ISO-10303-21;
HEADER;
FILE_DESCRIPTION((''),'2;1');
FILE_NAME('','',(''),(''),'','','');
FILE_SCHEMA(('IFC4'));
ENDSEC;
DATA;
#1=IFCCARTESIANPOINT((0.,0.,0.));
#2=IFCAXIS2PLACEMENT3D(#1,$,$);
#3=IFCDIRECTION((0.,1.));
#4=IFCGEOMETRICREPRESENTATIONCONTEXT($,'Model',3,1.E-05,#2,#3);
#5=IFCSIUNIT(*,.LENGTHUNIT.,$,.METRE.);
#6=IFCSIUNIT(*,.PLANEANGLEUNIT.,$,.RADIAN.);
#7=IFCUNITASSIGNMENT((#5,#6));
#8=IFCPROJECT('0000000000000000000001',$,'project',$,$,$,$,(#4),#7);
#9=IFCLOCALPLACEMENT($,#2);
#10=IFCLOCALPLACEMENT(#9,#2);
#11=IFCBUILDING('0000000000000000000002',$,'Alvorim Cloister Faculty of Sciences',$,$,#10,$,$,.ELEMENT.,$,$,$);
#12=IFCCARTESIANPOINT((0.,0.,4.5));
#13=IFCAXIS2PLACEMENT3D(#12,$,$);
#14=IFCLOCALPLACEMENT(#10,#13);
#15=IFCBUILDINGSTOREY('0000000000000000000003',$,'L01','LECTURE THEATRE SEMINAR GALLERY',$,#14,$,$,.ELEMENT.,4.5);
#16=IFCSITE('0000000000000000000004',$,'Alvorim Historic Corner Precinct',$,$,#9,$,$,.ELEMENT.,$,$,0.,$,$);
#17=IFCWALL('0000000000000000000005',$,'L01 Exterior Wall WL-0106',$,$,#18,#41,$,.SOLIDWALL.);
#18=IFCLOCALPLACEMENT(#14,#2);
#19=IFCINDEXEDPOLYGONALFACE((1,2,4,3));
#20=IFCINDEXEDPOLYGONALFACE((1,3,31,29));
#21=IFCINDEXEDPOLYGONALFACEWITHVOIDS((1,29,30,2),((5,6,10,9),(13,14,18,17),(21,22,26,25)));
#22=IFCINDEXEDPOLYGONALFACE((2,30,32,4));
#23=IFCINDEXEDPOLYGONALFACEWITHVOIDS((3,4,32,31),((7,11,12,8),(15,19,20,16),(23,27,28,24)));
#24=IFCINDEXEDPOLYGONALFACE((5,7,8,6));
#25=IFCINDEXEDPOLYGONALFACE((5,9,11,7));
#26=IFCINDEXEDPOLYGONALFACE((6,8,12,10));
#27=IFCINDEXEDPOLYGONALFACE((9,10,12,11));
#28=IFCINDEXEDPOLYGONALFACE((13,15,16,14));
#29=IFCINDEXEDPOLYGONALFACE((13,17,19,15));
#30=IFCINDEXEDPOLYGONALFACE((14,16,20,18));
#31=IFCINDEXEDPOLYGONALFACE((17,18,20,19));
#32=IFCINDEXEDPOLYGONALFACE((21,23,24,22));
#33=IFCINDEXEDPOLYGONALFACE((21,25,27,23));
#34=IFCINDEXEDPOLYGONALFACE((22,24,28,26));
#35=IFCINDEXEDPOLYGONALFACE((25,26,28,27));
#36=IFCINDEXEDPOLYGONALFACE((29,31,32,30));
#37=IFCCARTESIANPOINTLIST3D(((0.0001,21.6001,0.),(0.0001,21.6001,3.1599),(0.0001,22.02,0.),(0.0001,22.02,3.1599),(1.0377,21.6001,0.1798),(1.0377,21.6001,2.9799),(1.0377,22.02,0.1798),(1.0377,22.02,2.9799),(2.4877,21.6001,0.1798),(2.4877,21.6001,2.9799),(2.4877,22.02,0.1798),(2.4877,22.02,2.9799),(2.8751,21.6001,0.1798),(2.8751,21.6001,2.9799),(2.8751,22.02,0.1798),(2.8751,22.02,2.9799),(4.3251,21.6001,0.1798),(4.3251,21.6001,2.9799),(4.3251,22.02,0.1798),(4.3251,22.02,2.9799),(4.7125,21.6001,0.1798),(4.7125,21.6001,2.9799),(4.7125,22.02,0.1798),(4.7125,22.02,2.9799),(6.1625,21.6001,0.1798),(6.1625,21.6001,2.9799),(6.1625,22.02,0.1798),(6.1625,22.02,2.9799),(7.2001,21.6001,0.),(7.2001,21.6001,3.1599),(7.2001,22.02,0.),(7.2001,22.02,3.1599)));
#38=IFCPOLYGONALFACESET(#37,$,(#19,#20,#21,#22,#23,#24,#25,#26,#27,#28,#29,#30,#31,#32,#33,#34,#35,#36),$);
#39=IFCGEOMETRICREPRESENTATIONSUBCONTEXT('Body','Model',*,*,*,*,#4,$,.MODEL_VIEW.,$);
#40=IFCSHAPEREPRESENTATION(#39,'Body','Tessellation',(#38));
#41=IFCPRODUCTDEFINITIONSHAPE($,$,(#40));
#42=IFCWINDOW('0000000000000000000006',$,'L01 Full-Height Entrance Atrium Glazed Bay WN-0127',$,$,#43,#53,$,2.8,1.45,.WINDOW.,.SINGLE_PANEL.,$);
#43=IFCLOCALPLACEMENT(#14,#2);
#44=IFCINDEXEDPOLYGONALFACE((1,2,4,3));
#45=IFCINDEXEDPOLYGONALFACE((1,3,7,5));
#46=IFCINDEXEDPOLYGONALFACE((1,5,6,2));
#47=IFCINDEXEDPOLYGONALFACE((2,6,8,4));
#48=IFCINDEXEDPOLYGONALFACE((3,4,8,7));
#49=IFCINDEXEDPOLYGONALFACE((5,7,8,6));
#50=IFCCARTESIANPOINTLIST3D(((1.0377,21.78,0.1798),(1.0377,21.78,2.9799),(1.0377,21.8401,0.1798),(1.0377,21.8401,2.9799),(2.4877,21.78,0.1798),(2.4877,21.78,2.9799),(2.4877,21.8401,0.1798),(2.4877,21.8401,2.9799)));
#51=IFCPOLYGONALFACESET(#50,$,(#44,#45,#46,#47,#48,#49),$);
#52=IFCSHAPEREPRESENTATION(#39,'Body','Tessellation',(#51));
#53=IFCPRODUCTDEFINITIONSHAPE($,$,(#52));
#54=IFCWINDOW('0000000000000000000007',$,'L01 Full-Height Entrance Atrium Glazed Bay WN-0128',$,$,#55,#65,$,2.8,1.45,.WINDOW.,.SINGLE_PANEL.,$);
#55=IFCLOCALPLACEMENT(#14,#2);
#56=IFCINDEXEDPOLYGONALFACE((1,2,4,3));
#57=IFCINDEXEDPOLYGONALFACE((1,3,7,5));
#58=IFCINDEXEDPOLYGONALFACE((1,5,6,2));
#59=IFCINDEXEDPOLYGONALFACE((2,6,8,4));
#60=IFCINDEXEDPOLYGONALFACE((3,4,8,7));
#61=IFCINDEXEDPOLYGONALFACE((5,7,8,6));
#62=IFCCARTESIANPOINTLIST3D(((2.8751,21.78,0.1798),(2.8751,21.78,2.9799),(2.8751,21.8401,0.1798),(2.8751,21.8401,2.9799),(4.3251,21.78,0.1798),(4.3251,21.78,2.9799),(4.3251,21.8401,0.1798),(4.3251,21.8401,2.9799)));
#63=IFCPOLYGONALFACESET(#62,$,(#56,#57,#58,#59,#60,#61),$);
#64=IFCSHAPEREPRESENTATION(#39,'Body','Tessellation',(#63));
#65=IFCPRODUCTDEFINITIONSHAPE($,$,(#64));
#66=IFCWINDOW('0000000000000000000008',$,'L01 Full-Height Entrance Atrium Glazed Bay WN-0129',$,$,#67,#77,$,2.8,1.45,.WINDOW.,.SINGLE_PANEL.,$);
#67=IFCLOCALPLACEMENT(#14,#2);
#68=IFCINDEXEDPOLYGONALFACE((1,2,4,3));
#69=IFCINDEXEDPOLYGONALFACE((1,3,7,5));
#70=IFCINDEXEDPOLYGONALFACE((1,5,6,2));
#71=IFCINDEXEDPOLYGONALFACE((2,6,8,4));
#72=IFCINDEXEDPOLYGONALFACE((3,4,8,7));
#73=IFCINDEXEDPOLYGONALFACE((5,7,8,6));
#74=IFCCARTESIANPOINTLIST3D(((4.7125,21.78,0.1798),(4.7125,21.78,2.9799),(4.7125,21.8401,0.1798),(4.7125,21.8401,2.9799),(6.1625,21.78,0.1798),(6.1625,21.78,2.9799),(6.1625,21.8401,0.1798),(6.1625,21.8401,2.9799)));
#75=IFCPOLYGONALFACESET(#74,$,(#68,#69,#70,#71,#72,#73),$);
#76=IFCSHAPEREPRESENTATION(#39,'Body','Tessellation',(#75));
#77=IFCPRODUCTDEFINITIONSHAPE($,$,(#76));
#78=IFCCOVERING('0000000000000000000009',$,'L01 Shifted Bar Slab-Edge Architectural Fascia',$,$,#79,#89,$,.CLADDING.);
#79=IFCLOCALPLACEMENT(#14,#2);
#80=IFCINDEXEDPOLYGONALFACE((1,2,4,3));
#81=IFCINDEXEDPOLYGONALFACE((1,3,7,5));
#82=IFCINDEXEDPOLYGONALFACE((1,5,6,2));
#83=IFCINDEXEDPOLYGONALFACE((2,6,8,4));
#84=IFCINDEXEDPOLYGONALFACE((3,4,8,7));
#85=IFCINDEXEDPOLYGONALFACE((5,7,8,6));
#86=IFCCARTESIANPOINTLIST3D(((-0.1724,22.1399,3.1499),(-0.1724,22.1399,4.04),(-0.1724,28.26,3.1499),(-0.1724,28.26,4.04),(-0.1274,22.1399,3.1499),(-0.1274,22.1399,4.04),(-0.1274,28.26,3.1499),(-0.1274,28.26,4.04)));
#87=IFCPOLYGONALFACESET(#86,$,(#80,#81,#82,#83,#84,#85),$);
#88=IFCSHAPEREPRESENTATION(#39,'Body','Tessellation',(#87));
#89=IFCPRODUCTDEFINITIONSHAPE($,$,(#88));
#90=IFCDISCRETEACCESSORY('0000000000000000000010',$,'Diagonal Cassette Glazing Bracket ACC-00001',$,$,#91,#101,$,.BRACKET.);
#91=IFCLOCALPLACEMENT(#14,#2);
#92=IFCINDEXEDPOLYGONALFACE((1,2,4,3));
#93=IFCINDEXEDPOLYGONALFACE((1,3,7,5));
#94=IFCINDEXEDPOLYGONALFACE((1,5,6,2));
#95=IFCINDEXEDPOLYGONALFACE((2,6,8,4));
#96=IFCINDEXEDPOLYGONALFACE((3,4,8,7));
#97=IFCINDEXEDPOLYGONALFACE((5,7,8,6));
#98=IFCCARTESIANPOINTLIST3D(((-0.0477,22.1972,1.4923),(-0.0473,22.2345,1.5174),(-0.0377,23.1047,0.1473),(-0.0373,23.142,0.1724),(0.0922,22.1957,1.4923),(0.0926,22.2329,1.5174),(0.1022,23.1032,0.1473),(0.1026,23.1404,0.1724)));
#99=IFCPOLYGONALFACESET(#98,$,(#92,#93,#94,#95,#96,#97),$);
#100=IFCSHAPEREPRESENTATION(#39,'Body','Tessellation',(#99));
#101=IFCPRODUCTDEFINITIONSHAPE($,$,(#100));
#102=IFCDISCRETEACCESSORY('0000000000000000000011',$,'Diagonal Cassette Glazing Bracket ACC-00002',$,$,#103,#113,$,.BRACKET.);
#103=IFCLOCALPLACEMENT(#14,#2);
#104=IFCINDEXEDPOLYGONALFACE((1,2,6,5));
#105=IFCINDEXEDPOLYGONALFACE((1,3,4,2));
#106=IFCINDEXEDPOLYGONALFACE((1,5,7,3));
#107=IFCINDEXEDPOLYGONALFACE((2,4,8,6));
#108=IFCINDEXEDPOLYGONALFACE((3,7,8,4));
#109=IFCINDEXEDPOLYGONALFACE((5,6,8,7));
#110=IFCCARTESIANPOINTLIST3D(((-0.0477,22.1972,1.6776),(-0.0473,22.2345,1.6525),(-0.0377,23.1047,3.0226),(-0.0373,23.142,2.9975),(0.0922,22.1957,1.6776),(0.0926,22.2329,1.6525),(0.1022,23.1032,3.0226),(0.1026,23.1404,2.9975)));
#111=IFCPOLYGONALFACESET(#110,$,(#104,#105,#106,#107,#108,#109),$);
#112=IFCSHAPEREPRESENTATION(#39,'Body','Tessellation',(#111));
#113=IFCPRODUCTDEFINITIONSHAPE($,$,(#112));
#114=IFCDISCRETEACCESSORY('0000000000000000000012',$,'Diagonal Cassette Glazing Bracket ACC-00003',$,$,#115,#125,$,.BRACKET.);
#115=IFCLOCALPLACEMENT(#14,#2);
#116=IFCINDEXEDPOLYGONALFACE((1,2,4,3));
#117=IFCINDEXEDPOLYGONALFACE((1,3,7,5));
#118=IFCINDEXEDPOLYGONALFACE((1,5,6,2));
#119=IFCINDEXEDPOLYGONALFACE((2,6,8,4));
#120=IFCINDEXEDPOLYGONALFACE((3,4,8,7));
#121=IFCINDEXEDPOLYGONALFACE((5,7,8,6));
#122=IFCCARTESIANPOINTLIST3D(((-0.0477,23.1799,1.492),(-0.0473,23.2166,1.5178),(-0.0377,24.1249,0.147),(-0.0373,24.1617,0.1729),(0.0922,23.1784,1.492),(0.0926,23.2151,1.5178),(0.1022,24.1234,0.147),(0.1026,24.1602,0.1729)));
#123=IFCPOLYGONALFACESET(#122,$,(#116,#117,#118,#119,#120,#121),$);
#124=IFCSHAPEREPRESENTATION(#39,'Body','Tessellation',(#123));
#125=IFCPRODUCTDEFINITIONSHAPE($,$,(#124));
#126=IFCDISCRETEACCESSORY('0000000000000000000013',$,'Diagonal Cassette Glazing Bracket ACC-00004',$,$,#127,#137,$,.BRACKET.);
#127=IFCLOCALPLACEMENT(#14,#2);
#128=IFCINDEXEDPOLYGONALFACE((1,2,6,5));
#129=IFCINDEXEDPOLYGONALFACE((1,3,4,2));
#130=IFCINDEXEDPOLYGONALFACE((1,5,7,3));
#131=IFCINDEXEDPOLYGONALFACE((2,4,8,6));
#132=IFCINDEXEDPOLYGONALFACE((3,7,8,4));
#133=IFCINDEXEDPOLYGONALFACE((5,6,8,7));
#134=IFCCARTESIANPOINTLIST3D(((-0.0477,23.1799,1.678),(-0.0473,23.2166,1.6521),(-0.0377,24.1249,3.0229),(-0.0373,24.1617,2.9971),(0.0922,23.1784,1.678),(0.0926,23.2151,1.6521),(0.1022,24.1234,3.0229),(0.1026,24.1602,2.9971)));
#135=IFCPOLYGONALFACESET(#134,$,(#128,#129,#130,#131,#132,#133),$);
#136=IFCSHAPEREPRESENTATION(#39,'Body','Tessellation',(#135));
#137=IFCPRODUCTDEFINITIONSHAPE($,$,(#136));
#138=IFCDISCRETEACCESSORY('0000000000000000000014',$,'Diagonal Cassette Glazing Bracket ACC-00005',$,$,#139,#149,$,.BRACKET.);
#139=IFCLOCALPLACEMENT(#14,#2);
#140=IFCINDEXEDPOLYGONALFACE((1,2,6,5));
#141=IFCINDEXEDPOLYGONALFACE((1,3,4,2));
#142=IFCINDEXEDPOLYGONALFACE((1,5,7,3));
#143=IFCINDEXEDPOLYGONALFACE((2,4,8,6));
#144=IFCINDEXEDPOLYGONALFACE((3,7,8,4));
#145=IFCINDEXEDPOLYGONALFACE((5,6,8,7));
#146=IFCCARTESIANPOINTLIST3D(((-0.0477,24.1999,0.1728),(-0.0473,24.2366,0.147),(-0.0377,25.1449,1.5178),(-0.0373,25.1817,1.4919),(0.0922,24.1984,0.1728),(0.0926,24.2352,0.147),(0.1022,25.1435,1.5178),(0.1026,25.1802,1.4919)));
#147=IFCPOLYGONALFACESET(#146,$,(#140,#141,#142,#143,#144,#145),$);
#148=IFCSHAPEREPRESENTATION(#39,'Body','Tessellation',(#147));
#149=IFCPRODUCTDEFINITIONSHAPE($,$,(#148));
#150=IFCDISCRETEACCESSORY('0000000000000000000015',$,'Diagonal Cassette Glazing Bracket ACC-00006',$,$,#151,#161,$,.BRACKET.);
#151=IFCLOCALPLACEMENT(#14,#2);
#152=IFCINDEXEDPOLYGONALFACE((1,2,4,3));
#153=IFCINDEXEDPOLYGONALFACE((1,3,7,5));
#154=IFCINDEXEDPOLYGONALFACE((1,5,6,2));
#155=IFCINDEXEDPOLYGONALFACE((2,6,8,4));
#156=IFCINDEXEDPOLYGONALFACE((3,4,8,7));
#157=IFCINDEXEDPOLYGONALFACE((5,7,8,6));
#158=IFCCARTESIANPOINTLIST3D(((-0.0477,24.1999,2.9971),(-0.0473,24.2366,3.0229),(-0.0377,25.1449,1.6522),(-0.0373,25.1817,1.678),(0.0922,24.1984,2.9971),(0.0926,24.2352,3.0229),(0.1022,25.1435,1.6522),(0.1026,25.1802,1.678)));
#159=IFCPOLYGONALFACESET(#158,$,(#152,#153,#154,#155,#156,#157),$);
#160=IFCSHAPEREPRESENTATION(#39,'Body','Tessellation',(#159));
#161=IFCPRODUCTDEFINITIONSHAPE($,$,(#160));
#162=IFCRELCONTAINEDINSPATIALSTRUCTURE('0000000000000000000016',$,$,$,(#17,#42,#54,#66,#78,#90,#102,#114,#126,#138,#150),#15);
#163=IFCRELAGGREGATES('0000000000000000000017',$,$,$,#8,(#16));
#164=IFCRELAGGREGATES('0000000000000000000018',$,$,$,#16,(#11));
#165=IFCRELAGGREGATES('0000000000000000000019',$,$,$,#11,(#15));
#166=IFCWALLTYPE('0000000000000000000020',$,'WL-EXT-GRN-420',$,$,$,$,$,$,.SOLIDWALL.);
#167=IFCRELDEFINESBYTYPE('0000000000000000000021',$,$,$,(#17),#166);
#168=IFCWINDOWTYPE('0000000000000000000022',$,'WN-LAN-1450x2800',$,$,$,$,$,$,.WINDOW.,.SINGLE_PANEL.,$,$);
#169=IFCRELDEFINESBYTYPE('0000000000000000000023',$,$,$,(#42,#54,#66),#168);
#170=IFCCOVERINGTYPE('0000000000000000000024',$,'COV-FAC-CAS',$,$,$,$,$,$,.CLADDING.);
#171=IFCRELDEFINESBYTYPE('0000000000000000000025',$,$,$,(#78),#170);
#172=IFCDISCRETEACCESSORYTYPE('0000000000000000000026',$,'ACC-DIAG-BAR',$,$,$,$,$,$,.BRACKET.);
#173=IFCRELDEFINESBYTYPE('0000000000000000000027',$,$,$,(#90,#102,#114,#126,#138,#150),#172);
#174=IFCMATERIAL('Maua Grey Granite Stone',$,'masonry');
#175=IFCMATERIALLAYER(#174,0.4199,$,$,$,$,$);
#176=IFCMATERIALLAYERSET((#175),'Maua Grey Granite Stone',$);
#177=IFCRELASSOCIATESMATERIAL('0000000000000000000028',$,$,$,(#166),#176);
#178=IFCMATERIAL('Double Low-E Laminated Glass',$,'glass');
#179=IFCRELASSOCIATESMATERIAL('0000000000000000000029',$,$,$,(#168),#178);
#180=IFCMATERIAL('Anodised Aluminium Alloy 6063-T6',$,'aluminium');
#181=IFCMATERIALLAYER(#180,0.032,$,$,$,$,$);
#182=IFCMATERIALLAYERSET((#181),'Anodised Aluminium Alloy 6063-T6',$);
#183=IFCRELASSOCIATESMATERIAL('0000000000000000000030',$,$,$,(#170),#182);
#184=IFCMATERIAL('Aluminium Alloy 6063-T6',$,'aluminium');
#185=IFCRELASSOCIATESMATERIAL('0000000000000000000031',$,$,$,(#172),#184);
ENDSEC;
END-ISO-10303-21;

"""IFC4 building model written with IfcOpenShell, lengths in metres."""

from ifc_helpers import new_model, si_unit, direction, frame, frame_2d, origin, origin_2d, place, context, subcontext, project, spatial, polyline, rectangle, outline, extrude, material, layer, layer_set, type_object, element, fill, save


model = new_model("IFC4")

# Units and contexts
model_context = context("Model", 3, precision=1e-05, world=origin(), true_north=direction((0.0, 1.0)))
body_context = subcontext(model_context, "Body", "Model", "MODEL_VIEW")
ifc_project = project(units=[si_unit("LENGTHUNIT", "METRE"), si_unit("PLANEANGLEUNIT", "RADIAN")], contexts=[model_context])

# Site, building, storey
site_placement = place(None, origin())
site = spatial("IfcSite", under=ifc_project, at=site_placement, Name="Alvorim Historic Corner Precinct", CompositionType="ELEMENT", RefElevation=0.0)
building_placement = place(site_placement, origin())
building = spatial("IfcBuilding", under=site, at=building_placement, Name="Alvorim Cloister Faculty of Sciences", CompositionType="ELEMENT")
storey_placement = place(building_placement, frame((0.0, 0.0, 4.5)))
storey = spatial("IfcBuildingStorey", under=building, at=storey_placement, Name="L01", Description="LECTURE THEATRE SEMINAR GALLERY", CompositionType="ELEMENT", Elevation=4.5)

# Shared definitions
ifc_material_1 = material(Name="Aluminium Alloy 6063-T6", Category="aluminium")
ifc_material_2 = material(Name="Double Low-E Laminated Glass", Category="glass")

# Wall, openings, windows
ifc_material_3 = material(Name="Maua Grey Granite Stone", Category="masonry")
ifc_layer_1 = layer(ifc_material_3, 0.4199)
ifc_layer_set_1 = layer_set([ifc_layer_1], Name="Maua Grey Granite Stone")
wall_type = type_object("IfcWallType", Name="WL-EXT-GRN-420", PredefinedType="SOLIDWALL", material=ifc_layer_set_1)
wall_placement = place(storey_placement, frame((0.0, 21.8101, 0.0), z_axis=(0.0, 0.0, 1.0), x_axis=(1.0, 0.0, 0.0)))
wall = element("IfcWall", 1, at=wall_placement, inside=storey, type_object=wall_type, Name="L01 Exterior Wall WL-0106", PredefinedType="SOLIDWALL", context=body_context, shape_type="SweptSolid", body=[
    extrude(rectangle(XDim=7.2, YDim=0.4199, at=frame_2d((3.6001, 0.0))), origin(), (0.0, 0.0, 1.0), 3.1599),
])
opening_1_placement = place(wall_placement, frame((1.0376, 0.0, 0.1799)))
opening_1 = element("IfcOpeningElement", 2, at=opening_1_placement, cuts=wall, PredefinedType="OPENING", context=body_context, shape_type="SweptSolid", body=[
    extrude(rectangle(XDim=1.45, YDim=2.8, at=frame_2d((0.7251, 1.3999))), frame((0.0, 0.2219, 0.0), z_axis=(0.0, -1.0, 0.0), x_axis=(1.0, 0.0, 0.0)), (0.0, 0.0, 1.0), 0.4438),
])
opening_2_placement = place(wall_placement, frame((2.875, 0.0, 0.1799)))
opening_2 = element("IfcOpeningElement", 3, at=opening_2_placement, cuts=wall, PredefinedType="OPENING", context=body_context, shape_type="SweptSolid", body=[
    extrude(rectangle(XDim=1.45, YDim=2.8, at=frame_2d((0.7251, 1.3999))), frame((0.0, 0.2219, 0.0), z_axis=(0.0, -1.0, 0.0), x_axis=(1.0, 0.0, 0.0)), (0.0, 0.0, 1.0), 0.4438),
])
opening_3_placement = place(wall_placement, frame((4.7124, 0.0, 0.1799)))
opening_3 = element("IfcOpeningElement", 4, at=opening_3_placement, cuts=wall, PredefinedType="OPENING", context=body_context, shape_type="SweptSolid", body=[
    extrude(rectangle(XDim=1.45, YDim=2.8, at=frame_2d((0.7251, 1.3999))), frame((0.0, 0.2219, 0.0), z_axis=(0.0, -1.0, 0.0), x_axis=(1.0, 0.0, 0.0)), (0.0, 0.0, 1.0), 0.4438),
])
window_type = type_object("IfcWindowType", Name="WN-LAN-1450x2800", PartitioningType="SINGLE_PANEL", PredefinedType="WINDOW", material=ifc_material_2)
window_1_placement = place(opening_1_placement, origin())
window_1 = element("IfcWindow", 5, at=window_1_placement, inside=storey, type_object=window_type, Name="L01 Full-Height Entrance Atrium Glazed Bay WN-0127", OverallHeight=2.8, OverallWidth=1.45, PartitioningType="SINGLE_PANEL", PredefinedType="WINDOW", context=body_context, shape_type="SweptSolid", body=[
    extrude(rectangle(XDim=1.45, YDim=2.8, at=frame_2d((0.7251, 1.3999))), frame((0.0, 0.03, 0.0), z_axis=(0.0, -1.0, 0.0), x_axis=(1.0, 0.0, 0.0)), (0.0, 0.0, 1.0), 0.0601),
])
fill(opening_1, window_1)
window_2_placement = place(opening_2_placement, origin())
window_2 = element("IfcWindow", 6, at=window_2_placement, inside=storey, type_object=window_type, Name="L01 Full-Height Entrance Atrium Glazed Bay WN-0128", OverallHeight=2.8, OverallWidth=1.45, PartitioningType="SINGLE_PANEL", PredefinedType="WINDOW", context=body_context, shape_type="SweptSolid", body=[
    extrude(rectangle(XDim=1.45, YDim=2.8, at=frame_2d((0.7251, 1.3999))), frame((0.0, 0.03, 0.0), z_axis=(0.0, -1.0, 0.0), x_axis=(1.0, 0.0, 0.0)), (0.0, 0.0, 1.0), 0.0601),
])
fill(opening_2, window_2)
window_3_placement = place(opening_3_placement, origin())
window_3 = element("IfcWindow", 7, at=window_3_placement, inside=storey, type_object=window_type, Name="L01 Full-Height Entrance Atrium Glazed Bay WN-0129", OverallHeight=2.8, OverallWidth=1.45, PartitioningType="SINGLE_PANEL", PredefinedType="WINDOW", context=body_context, shape_type="SweptSolid", body=[
    extrude(rectangle(XDim=1.45, YDim=2.8, at=frame_2d((0.7251, 1.3999))), frame((0.0, 0.03, 0.0), z_axis=(0.0, -1.0, 0.0), x_axis=(1.0, 0.0, 0.0)), (0.0, 0.0, 1.0), 0.0601),
])
fill(opening_3, window_3)

# Covering
ifc_material_4 = material(Name="Anodised Aluminium Alloy 6063-T6", Category="aluminium")
ifc_layer_2 = layer(ifc_material_4, 0.032)
ifc_layer_set_2 = layer_set([ifc_layer_2], Name="Anodised Aluminium Alloy 6063-T6")
covering_type = type_object("IfcCoveringType", Name="COV-FAC-CAS", PredefinedType="CLADDING", material=ifc_layer_set_2)
covering_placement = place(storey_placement, frame((-0.1499, 22.1399, 3.1499), z_axis=(0.0, 0.0, 1.0), x_axis=(0.0, 1.0, 0.0)))
element("IfcCovering", 8, at=covering_placement, inside=storey, type_object=covering_type, Name="L01 Shifted Bar Slab-Edge Architectural Fascia", PredefinedType="CLADDING", context=body_context, shape_type="SweptSolid", body=[
    extrude(outline(polyline([(0.0, 0.0), (6.1201, 0.0), (6.1201, 0.8901), (0.0, 0.8901), (0.0, 0.0)])), frame((0.0, 0.0225, 0.0), z_axis=(0.0, -1.0, 0.0), x_axis=(1.0, 0.0, 0.0)), (0.0, 0.0, 1.0), 0.0449),
])

# Discrete accessories
discrete_accessory_type = type_object("IfcDiscreteAccessoryType", Name="ACC-DIAG-BAR", PredefinedType="BRACKET", material=ifc_material_1)
for number, where, z_axis, x_axis, name in (
    (9, (0.0225, 22.2151, 1.5049), (0.006169, 0.559299, -0.828943), (-0.999939, 0.01103, 0.0), "Diagonal Cassette Glazing Bracket ACC-00001"),
    (10, (0.0225, 22.2151, 1.665), (0.006169, 0.559299, 0.828943), (-0.999939, 0.01103, 0.0), "Diagonal Cassette Glazing Bracket ACC-00002"),
):
    element("IfcDiscreteAccessory", number, at=place(storey_placement, frame(where, z_axis=z_axis, x_axis=x_axis)), inside=storey, type_object=discrete_accessory_type, Name=name, PredefinedType="BRACKET", context=body_context, shape_type="SweptSolid", body=[
        extrude(rectangle(XDim=0.1399, YDim=0.0449, at=origin_2d()), origin(), (0.0, 0.0, 1.0), 1.6226),
    ])
for number, where, z_axis, x_axis, name in (
    (11, (0.0225, 23.1975, 1.5049), (0.006089, 0.574916, -0.81819), (-0.999944, 0.010591, 0.0), "Diagonal Cassette Glazing Bracket ACC-00003"),
    (12, (0.0225, 23.1975, 1.665), (0.006089, 0.574916, 0.81819), (-0.999944, 0.010591, 0.0), "Diagonal Cassette Glazing Bracket ACC-00004"),
    (13, (0.0225, 24.2175, 0.1599), (0.006089, 0.574916, 0.81819), (-0.999944, 0.010591, 0.0), "Diagonal Cassette Glazing Bracket ACC-00005"),
    (14, (0.0225, 24.2175, 3.01), (0.006089, 0.574916, -0.81819), (-0.999944, 0.010591, 0.0), "Diagonal Cassette Glazing Bracket ACC-00006"),
):
    element("IfcDiscreteAccessory", number, at=place(storey_placement, frame(where, z_axis=z_axis, x_axis=x_axis)), inside=storey, type_object=discrete_accessory_type, Name=name, PredefinedType="BRACKET", context=body_context, shape_type="SweptSolid", body=[
        extrude(rectangle(XDim=0.1399, YDim=0.0449, at=origin_2d()), origin(), (0.0, 0.0, 1.0), 1.6438),
    ])

save(model, "model.ifc")
